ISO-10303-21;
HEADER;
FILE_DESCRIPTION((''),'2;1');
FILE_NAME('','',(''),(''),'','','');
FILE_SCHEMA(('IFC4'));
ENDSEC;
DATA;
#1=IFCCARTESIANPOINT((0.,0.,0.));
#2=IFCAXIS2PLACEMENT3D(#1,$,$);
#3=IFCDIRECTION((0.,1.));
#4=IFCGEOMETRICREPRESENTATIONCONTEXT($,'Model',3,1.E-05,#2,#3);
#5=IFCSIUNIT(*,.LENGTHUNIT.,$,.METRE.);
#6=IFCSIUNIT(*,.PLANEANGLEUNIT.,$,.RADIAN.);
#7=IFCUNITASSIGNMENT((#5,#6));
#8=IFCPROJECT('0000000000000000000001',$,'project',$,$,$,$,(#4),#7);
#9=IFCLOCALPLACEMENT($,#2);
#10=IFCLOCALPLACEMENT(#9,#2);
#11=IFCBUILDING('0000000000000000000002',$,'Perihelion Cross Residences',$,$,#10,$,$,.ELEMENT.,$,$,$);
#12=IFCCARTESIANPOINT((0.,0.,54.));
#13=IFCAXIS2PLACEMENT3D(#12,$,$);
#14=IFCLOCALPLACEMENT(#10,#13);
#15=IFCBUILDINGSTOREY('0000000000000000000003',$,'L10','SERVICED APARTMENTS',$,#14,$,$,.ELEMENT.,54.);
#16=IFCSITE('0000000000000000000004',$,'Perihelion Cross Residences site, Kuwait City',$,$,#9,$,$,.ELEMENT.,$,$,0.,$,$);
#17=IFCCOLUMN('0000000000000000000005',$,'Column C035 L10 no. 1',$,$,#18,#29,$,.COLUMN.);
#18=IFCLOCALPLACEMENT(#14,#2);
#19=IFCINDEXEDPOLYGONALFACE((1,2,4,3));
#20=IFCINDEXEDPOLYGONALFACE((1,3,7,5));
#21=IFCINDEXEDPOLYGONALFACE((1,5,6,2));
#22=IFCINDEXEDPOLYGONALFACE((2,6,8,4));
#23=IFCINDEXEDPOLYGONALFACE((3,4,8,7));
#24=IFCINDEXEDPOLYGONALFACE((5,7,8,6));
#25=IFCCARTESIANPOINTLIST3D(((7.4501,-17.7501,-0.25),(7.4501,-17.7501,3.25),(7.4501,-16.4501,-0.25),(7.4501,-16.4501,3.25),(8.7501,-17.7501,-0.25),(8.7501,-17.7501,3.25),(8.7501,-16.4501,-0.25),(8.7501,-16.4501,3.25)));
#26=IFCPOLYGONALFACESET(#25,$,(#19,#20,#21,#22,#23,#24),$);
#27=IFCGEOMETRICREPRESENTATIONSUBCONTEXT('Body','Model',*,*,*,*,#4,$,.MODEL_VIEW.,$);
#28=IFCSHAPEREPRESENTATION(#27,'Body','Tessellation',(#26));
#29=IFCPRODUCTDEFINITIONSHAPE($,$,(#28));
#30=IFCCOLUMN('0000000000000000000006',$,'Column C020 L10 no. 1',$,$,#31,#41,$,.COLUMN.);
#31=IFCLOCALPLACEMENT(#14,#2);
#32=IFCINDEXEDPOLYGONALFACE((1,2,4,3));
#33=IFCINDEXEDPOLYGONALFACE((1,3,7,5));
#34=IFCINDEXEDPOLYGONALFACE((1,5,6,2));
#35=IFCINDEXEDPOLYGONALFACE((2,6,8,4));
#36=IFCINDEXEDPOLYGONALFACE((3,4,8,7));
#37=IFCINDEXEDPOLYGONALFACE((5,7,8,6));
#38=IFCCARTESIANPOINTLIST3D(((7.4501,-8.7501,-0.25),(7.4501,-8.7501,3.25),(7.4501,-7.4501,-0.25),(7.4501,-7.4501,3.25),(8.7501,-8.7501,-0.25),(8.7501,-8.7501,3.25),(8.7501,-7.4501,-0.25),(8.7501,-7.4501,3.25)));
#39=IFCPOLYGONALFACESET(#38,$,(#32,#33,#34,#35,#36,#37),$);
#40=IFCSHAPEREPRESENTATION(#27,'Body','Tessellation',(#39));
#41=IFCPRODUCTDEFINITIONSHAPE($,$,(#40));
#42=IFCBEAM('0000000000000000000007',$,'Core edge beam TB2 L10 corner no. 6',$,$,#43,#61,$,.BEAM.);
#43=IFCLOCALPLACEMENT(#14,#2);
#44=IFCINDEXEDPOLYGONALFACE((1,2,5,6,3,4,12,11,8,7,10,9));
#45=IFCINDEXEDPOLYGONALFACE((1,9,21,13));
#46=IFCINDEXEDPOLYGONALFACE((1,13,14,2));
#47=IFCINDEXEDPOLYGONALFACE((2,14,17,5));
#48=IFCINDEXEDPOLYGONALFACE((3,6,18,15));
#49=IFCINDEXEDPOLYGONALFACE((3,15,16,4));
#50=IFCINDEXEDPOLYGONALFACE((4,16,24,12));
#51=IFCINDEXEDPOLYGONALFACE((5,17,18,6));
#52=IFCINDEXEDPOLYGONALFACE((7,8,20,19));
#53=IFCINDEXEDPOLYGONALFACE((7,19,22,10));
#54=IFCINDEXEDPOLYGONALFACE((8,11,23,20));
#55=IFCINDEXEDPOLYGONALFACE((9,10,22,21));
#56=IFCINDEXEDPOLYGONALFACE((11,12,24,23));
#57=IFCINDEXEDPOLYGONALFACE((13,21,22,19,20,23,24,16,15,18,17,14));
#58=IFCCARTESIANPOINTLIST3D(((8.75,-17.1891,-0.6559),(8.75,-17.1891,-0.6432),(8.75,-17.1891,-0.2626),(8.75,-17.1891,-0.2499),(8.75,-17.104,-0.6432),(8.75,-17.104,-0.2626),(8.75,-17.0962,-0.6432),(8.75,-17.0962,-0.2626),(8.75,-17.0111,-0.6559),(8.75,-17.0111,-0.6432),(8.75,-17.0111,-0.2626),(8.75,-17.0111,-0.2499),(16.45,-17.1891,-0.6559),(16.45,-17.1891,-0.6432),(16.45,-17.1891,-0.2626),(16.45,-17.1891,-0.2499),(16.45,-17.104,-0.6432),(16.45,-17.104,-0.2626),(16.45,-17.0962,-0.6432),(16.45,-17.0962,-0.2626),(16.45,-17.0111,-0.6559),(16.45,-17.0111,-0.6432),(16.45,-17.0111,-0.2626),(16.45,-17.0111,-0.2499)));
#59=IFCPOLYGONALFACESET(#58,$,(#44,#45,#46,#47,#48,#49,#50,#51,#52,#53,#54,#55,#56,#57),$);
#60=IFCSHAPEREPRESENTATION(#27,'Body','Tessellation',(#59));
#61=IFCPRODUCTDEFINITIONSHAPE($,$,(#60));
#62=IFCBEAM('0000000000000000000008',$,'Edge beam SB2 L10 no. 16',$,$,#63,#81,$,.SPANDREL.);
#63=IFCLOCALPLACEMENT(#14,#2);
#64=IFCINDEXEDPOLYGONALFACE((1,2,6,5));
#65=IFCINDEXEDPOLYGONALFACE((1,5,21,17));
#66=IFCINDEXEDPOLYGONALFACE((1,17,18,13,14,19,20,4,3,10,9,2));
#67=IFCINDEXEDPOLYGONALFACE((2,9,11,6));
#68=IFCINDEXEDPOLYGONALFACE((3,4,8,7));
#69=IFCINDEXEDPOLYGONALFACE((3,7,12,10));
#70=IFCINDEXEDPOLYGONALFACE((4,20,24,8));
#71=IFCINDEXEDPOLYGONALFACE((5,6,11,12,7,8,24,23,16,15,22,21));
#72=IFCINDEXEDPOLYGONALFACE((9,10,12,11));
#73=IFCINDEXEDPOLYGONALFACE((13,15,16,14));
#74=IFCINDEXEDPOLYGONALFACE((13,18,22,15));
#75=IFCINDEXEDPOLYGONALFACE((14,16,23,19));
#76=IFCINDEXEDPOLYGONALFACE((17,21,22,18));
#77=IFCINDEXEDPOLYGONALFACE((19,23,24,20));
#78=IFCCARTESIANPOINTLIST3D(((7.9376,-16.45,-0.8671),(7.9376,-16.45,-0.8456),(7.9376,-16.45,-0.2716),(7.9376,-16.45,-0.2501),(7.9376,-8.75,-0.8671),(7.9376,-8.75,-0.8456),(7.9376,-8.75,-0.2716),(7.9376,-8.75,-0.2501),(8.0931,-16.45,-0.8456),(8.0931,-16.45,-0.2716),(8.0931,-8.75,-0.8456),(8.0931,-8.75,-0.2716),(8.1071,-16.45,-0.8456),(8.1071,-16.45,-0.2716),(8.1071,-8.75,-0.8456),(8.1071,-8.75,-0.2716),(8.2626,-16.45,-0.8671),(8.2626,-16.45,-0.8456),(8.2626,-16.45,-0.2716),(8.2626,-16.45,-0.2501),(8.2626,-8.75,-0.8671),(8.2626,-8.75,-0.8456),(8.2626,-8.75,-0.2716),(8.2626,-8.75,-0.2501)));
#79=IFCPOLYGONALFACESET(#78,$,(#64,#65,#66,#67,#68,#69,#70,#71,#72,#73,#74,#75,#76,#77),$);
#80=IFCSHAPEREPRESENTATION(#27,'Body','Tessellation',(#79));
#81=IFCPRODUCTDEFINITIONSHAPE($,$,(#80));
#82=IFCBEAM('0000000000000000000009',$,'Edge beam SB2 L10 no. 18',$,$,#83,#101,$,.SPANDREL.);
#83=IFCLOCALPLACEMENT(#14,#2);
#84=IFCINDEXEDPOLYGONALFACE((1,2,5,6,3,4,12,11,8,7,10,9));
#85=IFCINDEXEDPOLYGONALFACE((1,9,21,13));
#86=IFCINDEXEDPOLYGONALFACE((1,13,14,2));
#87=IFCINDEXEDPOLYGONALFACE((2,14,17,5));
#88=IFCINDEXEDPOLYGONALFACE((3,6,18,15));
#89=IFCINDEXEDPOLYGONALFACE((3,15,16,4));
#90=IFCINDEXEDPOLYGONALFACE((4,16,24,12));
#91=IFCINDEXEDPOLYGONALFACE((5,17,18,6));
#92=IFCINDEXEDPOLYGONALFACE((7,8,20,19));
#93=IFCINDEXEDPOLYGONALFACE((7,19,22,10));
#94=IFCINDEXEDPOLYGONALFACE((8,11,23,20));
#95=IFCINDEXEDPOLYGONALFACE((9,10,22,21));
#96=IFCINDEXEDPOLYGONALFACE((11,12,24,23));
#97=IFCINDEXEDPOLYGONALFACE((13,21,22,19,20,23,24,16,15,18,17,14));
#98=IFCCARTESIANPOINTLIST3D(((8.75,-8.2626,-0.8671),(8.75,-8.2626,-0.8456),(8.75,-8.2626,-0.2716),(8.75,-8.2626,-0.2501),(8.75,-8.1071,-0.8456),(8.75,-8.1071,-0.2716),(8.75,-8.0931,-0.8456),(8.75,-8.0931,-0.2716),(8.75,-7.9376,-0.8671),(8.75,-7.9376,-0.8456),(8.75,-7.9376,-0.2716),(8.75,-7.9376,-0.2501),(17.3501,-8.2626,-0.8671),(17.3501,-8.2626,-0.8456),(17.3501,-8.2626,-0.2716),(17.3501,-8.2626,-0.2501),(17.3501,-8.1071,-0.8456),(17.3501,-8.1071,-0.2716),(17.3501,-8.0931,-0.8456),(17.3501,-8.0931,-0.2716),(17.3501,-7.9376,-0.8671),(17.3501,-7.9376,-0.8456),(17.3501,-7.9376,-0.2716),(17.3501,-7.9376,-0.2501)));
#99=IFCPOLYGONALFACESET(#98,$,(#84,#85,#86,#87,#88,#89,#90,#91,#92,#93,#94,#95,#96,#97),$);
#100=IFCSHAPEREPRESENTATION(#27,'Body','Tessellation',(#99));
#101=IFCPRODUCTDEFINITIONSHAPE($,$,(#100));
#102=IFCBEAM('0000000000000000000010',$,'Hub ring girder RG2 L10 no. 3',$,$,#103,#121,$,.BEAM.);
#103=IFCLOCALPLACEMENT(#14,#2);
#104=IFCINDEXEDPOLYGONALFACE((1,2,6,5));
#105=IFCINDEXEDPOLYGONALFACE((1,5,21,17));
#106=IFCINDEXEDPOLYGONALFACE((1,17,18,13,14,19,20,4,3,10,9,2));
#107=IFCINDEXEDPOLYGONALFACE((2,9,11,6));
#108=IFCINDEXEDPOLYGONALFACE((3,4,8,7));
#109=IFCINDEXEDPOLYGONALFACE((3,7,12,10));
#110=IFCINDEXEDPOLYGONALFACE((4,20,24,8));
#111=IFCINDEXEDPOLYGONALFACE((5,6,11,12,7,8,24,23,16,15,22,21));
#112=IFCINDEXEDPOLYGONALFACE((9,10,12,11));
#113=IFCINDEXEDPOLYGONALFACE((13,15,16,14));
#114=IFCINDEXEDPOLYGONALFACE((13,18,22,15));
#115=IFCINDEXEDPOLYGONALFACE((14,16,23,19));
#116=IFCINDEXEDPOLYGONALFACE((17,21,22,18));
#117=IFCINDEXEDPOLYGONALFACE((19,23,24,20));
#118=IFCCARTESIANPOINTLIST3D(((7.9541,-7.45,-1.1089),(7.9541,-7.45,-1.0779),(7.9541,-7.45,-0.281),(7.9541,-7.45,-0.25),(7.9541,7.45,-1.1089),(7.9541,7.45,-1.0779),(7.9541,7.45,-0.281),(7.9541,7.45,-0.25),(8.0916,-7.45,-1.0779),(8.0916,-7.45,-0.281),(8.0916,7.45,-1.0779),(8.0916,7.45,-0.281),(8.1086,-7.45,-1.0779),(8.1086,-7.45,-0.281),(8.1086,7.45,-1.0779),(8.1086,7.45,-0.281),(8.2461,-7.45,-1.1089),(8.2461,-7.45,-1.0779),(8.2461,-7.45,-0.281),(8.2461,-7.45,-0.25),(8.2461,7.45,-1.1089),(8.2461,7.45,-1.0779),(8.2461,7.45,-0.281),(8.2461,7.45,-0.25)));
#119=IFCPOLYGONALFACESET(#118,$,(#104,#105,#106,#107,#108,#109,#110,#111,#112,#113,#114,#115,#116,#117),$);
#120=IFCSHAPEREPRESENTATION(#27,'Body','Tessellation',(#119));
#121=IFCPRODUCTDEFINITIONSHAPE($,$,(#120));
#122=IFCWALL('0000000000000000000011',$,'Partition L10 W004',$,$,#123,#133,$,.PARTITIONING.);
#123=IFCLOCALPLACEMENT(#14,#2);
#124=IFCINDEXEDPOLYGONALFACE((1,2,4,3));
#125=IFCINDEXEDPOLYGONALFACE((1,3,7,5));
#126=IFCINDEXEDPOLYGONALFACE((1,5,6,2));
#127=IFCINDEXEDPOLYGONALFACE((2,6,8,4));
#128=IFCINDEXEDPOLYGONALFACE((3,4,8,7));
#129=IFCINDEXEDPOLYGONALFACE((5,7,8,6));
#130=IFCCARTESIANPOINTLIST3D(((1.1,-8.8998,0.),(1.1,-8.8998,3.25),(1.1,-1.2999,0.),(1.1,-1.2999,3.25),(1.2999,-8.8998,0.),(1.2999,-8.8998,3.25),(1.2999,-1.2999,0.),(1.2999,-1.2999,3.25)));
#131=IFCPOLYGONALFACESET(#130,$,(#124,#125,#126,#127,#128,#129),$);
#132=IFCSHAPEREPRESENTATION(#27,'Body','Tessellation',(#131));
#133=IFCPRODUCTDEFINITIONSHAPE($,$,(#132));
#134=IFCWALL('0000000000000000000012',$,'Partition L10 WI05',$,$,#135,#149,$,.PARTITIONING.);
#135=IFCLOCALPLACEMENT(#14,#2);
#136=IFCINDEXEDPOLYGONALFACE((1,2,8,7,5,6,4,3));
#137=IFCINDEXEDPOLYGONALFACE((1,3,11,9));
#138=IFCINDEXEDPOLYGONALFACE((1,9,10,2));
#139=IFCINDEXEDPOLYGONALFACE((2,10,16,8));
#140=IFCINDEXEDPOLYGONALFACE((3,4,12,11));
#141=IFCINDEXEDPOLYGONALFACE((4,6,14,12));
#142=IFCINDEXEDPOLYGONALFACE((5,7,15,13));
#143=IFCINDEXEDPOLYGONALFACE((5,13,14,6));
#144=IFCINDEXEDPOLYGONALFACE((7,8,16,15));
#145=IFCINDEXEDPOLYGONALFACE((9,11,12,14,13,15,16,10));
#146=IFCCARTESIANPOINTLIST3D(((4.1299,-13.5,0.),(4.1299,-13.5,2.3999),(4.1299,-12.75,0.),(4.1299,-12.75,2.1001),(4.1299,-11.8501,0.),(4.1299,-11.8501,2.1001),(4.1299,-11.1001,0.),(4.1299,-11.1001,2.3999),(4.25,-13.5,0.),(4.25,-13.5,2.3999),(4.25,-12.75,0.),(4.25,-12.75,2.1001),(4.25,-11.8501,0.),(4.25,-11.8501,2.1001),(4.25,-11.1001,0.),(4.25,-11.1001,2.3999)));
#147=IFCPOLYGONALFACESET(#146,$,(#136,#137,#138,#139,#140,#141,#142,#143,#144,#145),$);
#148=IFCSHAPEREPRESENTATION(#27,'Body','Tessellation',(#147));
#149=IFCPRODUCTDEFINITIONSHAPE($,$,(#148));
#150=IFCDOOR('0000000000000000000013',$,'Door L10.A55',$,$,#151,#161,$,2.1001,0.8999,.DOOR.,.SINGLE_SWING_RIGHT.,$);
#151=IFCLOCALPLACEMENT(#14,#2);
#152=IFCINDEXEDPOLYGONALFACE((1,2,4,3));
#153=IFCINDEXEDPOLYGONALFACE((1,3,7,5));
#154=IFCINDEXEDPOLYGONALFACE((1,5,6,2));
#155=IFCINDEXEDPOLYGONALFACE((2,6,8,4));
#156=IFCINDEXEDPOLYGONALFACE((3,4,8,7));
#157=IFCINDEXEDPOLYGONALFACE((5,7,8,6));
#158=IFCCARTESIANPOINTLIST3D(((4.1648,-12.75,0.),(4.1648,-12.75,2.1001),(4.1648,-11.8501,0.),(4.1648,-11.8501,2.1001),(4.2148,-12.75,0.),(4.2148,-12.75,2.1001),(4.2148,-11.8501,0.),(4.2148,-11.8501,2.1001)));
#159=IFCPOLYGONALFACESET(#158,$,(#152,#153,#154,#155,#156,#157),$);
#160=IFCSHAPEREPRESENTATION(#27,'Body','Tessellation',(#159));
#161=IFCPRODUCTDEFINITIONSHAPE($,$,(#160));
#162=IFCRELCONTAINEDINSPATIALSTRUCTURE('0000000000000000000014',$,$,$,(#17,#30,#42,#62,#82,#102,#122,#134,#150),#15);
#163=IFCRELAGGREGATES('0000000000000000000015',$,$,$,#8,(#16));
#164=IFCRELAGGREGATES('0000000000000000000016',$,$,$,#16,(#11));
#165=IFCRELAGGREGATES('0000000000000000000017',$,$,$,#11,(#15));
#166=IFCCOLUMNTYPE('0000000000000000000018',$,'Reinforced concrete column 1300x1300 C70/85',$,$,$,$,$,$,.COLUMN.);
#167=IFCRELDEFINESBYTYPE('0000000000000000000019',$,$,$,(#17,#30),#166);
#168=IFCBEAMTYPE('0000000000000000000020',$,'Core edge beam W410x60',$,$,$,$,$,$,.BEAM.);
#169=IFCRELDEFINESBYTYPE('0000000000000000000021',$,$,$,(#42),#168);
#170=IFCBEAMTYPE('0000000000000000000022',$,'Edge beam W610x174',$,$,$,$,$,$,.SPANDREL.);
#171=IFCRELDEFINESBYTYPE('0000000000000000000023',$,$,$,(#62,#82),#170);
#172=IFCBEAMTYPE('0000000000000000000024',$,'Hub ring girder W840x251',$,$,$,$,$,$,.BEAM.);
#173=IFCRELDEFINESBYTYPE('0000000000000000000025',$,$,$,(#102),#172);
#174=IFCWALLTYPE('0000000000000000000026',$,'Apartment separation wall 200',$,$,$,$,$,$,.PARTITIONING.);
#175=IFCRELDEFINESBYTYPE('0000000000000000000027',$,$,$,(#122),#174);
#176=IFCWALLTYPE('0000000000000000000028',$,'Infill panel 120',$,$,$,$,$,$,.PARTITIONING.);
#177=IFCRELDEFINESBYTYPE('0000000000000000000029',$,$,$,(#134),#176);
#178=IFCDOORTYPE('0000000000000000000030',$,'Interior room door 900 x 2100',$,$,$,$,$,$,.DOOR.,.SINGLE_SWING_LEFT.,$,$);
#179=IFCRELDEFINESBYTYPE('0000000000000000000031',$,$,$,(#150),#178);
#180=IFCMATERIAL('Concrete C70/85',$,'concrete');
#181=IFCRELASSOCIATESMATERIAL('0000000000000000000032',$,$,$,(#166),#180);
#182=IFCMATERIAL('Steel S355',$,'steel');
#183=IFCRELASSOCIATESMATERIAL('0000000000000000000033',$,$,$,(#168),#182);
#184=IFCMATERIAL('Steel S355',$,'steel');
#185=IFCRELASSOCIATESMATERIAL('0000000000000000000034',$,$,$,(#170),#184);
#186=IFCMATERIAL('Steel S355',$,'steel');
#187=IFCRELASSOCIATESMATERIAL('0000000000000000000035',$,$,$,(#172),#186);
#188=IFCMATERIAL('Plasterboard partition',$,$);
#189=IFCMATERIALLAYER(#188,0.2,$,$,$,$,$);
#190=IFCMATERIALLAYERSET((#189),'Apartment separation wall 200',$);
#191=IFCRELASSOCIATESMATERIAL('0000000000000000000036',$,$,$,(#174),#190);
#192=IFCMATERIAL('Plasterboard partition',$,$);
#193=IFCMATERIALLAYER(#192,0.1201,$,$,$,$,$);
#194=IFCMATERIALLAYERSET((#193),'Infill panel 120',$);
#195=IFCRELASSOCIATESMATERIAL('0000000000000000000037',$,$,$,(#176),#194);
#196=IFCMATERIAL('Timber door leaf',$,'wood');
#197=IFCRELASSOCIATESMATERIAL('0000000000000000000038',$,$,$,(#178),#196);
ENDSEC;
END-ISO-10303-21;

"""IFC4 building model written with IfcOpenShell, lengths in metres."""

from ifc_helpers import new_model, si_unit, direction, frame, frame_2d, origin, origin_2d, place, context, subcontext, project, spatial, rectangle, i_section, extrude, material, layer, layer_set, material_profile, profile_set, type_object, element, fill, save


model = new_model("IFC4")

# Units and contexts
model_context = context("Model", 3, precision=1e-05, world=origin(), true_north=direction((0.0, 1.0)))
body_context = subcontext(model_context, "Body", "Model", "MODEL_VIEW")
ifc_project = project(units=[si_unit("LENGTHUNIT", "METRE"), si_unit("PLANEANGLEUNIT", "RADIAN")], contexts=[model_context])

# Site, building, storey
site_placement = place(None, origin())
site = spatial("IfcSite", under=ifc_project, at=site_placement, Name="Perihelion Cross Residences site, Kuwait City", CompositionType="ELEMENT", RefElevation=0.0)
building_placement = place(site_placement, origin())
building = spatial("IfcBuilding", under=site, at=building_placement, Name="Perihelion Cross Residences", CompositionType="ELEMENT")
storey_placement = place(building_placement, frame((0.0, 0.0, 54.0)))
storey = spatial("IfcBuildingStorey", under=building, at=storey_placement, Name="L10", Description="SERVICED APARTMENTS", CompositionType="ELEMENT", Elevation=54.0)

# Columns
ifc_material_1 = material(Name="Concrete C70/85", Category="concrete")
ifc_material_profile_1 = material_profile(ifc_material_1, rectangle(XDim=1.3, YDim=1.3, at=origin_2d()), Name="RC 1300x1300")
ifc_profile_set_1 = profile_set([ifc_material_profile_1], Name="Concrete C70/85")
column_type = type_object("IfcColumnType", Name="Reinforced concrete column 1300x1300 C70/85", PredefinedType="COLUMN", material=ifc_profile_set_1)
for number, where, z_axis, x_axis, name in (
    (1, (8.1001, -17.1001, -0.25), (0.0, 0.0, 1.0), (1.0, 0.0, 0.0), "Column C035 L10 no. 1"),
    (2, (8.1001, -8.1001, -0.25), (0.0, 0.0, 1.0), (1.0, 0.0, 0.0), "Column C020 L10 no. 1"),
):
    element("IfcColumn", number, at=place(storey_placement, frame(where, z_axis=z_axis, x_axis=x_axis)), inside=storey, type_object=column_type, Name=name, PredefinedType="COLUMN", context=body_context, shape_type="SweptSolid", body=[
        extrude(rectangle(XDim=1.3, YDim=1.3, at=origin_2d()), origin(), (0.0, 0.0, 1.0), 3.5),
    ])

# Beams
ifc_material_2 = material(Name="Steel S355", Category="steel")
ifc_material_profile_2 = material_profile(ifc_material_2, i_section(OverallWidth=0.178, OverallDepth=0.406, WebThickness=0.0078, FlangeThickness=0.0127, at=origin_2d()), Name="W410x60")
ifc_profile_set_2 = profile_set([ifc_material_profile_2], Name="Steel S355")
beam_type_1 = type_object("IfcBeamType", Name="Core edge beam W410x60", PredefinedType="BEAM", material=ifc_profile_set_2)
beam_1_placement = place(storey_placement, frame((8.75, -17.1001, -0.4529), z_axis=(1.0, 0.0, 0.0), x_axis=(0.0, 1.0, 0.0)))
element("IfcBeam", 3, at=beam_1_placement, inside=storey, type_object=beam_type_1, Name="Core edge beam TB2 L10 corner no. 6", PredefinedType="BEAM", context=body_context, shape_type="SweptSolid", body=[
    extrude(i_section(OverallWidth=0.178, OverallDepth=0.406, WebThickness=0.0078, FlangeThickness=0.0127, at=origin_2d()), origin(), (0.0, 0.0, 1.0), 7.7),
])
ifc_material_3 = material(Name="Steel S355", Category="steel")
ifc_material_profile_3 = material_profile(ifc_material_3, i_section(OverallWidth=0.325, OverallDepth=0.6169, WebThickness=0.0139, FlangeThickness=0.0215, at=origin_2d()), Name="W610x174")
ifc_profile_set_3 = profile_set([ifc_material_profile_3], Name="Steel S355")
beam_type_2 = type_object("IfcBeamType", Name="Edge beam W610x174", PredefinedType="SPANDREL", material=ifc_profile_set_3)
beam_2_placement = place(storey_placement, frame((8.1001, -16.45, -0.5586), z_axis=(0.0, 1.0, 0.0), x_axis=(-1.0, 0.0, 0.0)))
element("IfcBeam", 4, at=beam_2_placement, inside=storey, type_object=beam_type_2, Name="Edge beam SB2 L10 no. 16", PredefinedType="SPANDREL", context=body_context, shape_type="SweptSolid", body=[
    extrude(i_section(OverallWidth=0.325, OverallDepth=0.6169, WebThickness=0.0139, FlangeThickness=0.0215, at=origin_2d()), origin(), (0.0, 0.0, 1.0), 7.7),
])
beam_3_placement = place(storey_placement, frame((8.75, -8.1001, -0.5586), z_axis=(1.0, 0.0, 0.0), x_axis=(0.0, 1.0, 0.0)))
element("IfcBeam", 5, at=beam_3_placement, inside=storey, type_object=beam_type_2, Name="Edge beam SB2 L10 no. 18", PredefinedType="SPANDREL", context=body_context, shape_type="SweptSolid", body=[
    extrude(i_section(OverallWidth=0.325, OverallDepth=0.6169, WebThickness=0.0139, FlangeThickness=0.0215, at=origin_2d()), origin(), (0.0, 0.0, 1.0), 8.6001),
])
ifc_material_4 = material(Name="Steel S355", Category="steel")
ifc_material_profile_4 = material_profile(ifc_material_4, i_section(OverallWidth=0.292, OverallDepth=0.8589, WebThickness=0.0171, FlangeThickness=0.031, at=origin_2d()), Name="W840x251")
ifc_profile_set_4 = profile_set([ifc_material_profile_4], Name="Steel S355")
beam_type_3 = type_object("IfcBeamType", Name="Hub ring girder W840x251", PredefinedType="BEAM", material=ifc_profile_set_4)
beam_4_placement = place(storey_placement, frame((8.1001, -7.45, -0.6794), z_axis=(0.0, 1.0, 0.0), x_axis=(-1.0, 0.0, 0.0)))
element("IfcBeam", 6, at=beam_4_placement, inside=storey, type_object=beam_type_3, Name="Hub ring girder RG2 L10 no. 3", PredefinedType="BEAM", context=body_context, shape_type="SweptSolid", body=[
    extrude(i_section(OverallWidth=0.292, OverallDepth=0.8589, WebThickness=0.0171, FlangeThickness=0.031, at=origin_2d()), origin(), (0.0, 0.0, 1.0), 14.8999),
])

# Wall
ifc_material_5 = material(Name="Plasterboard partition")
ifc_layer_1 = layer(ifc_material_5, 0.2)
ifc_layer_set_1 = layer_set([ifc_layer_1], Name="Apartment separation wall 200")
wall_type_1 = type_object("IfcWallType", Name="Apartment separation wall 200", PredefinedType="PARTITIONING", material=ifc_layer_set_1)
wall_1_placement = place(storey_placement, frame((1.2, -1.3, 0.0), z_axis=(0.0, 0.0, 1.0), x_axis=(0.0, -1.0, 0.0)))
element("IfcWall", 7, at=wall_1_placement, inside=storey, type_object=wall_type_1, Name="Partition L10 W004", PredefinedType="PARTITIONING", context=body_context, shape_type="SweptSolid", body=[
    extrude(rectangle(XDim=7.5999, YDim=0.2, at=frame_2d((3.7998, 0.0))), origin(), (0.0, 0.0, 1.0), 3.25),
])

# Wall, opening, door
ifc_material_6 = material(Name="Plasterboard partition")
ifc_layer_2 = layer(ifc_material_6, 0.1201)
ifc_layer_set_2 = layer_set([ifc_layer_2], Name="Infill panel 120")
wall_type_2 = type_object("IfcWallType", Name="Infill panel 120", PredefinedType="PARTITIONING", material=ifc_layer_set_2)
wall_2_placement = place(storey_placement, frame((4.1899, -11.1001, 0.0), z_axis=(0.0, 0.0, 1.0), x_axis=(0.0, -1.0, 0.0)))
wall_2 = element("IfcWall", 8, at=wall_2_placement, inside=storey, type_object=wall_type_2, Name="Partition L10 WI05", PredefinedType="PARTITIONING", context=body_context, shape_type="SweptSolid", body=[
    extrude(rectangle(XDim=2.3999, YDim=0.1201, at=frame_2d((1.2, 0.0))), origin(), (0.0, 0.0, 1.0), 2.3999),
])
opening_1_placement = place(wall_2_placement, frame((0.75, 0.0, 0.0)))
opening_1 = element("IfcOpeningElement", 9, at=opening_1_placement, cuts=wall_2, PredefinedType="OPENING", context=body_context, shape_type="SweptSolid", body=[
    extrude(rectangle(XDim=0.8999, YDim=2.1001, at=frame_2d((0.45, 1.05))), frame((0.0, 0.0701, 0.0), z_axis=(0.0, -1.0, 0.0), x_axis=(1.0, 0.0, 0.0)), (0.0, 0.0, 1.0), 0.1401),
])
ifc_material_7 = material(Name="Timber door leaf", Category="wood")
door_type_1 = type_object("IfcDoorType", Name="Interior room door 900 x 2100", OperationType="SINGLE_SWING_LEFT", PredefinedType="DOOR", material=ifc_material_7)
door_1_placement = place(opening_1_placement, origin())
door_1 = element("IfcDoor", 10, at=door_1_placement, inside=storey, type_object=door_type_1, Name="Door L10.A55", OperationType="SINGLE_SWING_RIGHT", OverallHeight=2.1001, OverallWidth=0.8999, PredefinedType="DOOR", context=body_context, shape_type="SweptSolid", body=[
    extrude(rectangle(XDim=0.8999, YDim=2.1001, at=frame_2d((0.45, 1.05))), frame((0.0, 0.0249, 0.0), z_axis=(0.0, -1.0, 0.0), x_axis=(1.0, 0.0, 0.0)), (0.0, 0.0, 1.0), 0.05),
])
fill(opening_1, door_1)

save(model, "model.ifc")
